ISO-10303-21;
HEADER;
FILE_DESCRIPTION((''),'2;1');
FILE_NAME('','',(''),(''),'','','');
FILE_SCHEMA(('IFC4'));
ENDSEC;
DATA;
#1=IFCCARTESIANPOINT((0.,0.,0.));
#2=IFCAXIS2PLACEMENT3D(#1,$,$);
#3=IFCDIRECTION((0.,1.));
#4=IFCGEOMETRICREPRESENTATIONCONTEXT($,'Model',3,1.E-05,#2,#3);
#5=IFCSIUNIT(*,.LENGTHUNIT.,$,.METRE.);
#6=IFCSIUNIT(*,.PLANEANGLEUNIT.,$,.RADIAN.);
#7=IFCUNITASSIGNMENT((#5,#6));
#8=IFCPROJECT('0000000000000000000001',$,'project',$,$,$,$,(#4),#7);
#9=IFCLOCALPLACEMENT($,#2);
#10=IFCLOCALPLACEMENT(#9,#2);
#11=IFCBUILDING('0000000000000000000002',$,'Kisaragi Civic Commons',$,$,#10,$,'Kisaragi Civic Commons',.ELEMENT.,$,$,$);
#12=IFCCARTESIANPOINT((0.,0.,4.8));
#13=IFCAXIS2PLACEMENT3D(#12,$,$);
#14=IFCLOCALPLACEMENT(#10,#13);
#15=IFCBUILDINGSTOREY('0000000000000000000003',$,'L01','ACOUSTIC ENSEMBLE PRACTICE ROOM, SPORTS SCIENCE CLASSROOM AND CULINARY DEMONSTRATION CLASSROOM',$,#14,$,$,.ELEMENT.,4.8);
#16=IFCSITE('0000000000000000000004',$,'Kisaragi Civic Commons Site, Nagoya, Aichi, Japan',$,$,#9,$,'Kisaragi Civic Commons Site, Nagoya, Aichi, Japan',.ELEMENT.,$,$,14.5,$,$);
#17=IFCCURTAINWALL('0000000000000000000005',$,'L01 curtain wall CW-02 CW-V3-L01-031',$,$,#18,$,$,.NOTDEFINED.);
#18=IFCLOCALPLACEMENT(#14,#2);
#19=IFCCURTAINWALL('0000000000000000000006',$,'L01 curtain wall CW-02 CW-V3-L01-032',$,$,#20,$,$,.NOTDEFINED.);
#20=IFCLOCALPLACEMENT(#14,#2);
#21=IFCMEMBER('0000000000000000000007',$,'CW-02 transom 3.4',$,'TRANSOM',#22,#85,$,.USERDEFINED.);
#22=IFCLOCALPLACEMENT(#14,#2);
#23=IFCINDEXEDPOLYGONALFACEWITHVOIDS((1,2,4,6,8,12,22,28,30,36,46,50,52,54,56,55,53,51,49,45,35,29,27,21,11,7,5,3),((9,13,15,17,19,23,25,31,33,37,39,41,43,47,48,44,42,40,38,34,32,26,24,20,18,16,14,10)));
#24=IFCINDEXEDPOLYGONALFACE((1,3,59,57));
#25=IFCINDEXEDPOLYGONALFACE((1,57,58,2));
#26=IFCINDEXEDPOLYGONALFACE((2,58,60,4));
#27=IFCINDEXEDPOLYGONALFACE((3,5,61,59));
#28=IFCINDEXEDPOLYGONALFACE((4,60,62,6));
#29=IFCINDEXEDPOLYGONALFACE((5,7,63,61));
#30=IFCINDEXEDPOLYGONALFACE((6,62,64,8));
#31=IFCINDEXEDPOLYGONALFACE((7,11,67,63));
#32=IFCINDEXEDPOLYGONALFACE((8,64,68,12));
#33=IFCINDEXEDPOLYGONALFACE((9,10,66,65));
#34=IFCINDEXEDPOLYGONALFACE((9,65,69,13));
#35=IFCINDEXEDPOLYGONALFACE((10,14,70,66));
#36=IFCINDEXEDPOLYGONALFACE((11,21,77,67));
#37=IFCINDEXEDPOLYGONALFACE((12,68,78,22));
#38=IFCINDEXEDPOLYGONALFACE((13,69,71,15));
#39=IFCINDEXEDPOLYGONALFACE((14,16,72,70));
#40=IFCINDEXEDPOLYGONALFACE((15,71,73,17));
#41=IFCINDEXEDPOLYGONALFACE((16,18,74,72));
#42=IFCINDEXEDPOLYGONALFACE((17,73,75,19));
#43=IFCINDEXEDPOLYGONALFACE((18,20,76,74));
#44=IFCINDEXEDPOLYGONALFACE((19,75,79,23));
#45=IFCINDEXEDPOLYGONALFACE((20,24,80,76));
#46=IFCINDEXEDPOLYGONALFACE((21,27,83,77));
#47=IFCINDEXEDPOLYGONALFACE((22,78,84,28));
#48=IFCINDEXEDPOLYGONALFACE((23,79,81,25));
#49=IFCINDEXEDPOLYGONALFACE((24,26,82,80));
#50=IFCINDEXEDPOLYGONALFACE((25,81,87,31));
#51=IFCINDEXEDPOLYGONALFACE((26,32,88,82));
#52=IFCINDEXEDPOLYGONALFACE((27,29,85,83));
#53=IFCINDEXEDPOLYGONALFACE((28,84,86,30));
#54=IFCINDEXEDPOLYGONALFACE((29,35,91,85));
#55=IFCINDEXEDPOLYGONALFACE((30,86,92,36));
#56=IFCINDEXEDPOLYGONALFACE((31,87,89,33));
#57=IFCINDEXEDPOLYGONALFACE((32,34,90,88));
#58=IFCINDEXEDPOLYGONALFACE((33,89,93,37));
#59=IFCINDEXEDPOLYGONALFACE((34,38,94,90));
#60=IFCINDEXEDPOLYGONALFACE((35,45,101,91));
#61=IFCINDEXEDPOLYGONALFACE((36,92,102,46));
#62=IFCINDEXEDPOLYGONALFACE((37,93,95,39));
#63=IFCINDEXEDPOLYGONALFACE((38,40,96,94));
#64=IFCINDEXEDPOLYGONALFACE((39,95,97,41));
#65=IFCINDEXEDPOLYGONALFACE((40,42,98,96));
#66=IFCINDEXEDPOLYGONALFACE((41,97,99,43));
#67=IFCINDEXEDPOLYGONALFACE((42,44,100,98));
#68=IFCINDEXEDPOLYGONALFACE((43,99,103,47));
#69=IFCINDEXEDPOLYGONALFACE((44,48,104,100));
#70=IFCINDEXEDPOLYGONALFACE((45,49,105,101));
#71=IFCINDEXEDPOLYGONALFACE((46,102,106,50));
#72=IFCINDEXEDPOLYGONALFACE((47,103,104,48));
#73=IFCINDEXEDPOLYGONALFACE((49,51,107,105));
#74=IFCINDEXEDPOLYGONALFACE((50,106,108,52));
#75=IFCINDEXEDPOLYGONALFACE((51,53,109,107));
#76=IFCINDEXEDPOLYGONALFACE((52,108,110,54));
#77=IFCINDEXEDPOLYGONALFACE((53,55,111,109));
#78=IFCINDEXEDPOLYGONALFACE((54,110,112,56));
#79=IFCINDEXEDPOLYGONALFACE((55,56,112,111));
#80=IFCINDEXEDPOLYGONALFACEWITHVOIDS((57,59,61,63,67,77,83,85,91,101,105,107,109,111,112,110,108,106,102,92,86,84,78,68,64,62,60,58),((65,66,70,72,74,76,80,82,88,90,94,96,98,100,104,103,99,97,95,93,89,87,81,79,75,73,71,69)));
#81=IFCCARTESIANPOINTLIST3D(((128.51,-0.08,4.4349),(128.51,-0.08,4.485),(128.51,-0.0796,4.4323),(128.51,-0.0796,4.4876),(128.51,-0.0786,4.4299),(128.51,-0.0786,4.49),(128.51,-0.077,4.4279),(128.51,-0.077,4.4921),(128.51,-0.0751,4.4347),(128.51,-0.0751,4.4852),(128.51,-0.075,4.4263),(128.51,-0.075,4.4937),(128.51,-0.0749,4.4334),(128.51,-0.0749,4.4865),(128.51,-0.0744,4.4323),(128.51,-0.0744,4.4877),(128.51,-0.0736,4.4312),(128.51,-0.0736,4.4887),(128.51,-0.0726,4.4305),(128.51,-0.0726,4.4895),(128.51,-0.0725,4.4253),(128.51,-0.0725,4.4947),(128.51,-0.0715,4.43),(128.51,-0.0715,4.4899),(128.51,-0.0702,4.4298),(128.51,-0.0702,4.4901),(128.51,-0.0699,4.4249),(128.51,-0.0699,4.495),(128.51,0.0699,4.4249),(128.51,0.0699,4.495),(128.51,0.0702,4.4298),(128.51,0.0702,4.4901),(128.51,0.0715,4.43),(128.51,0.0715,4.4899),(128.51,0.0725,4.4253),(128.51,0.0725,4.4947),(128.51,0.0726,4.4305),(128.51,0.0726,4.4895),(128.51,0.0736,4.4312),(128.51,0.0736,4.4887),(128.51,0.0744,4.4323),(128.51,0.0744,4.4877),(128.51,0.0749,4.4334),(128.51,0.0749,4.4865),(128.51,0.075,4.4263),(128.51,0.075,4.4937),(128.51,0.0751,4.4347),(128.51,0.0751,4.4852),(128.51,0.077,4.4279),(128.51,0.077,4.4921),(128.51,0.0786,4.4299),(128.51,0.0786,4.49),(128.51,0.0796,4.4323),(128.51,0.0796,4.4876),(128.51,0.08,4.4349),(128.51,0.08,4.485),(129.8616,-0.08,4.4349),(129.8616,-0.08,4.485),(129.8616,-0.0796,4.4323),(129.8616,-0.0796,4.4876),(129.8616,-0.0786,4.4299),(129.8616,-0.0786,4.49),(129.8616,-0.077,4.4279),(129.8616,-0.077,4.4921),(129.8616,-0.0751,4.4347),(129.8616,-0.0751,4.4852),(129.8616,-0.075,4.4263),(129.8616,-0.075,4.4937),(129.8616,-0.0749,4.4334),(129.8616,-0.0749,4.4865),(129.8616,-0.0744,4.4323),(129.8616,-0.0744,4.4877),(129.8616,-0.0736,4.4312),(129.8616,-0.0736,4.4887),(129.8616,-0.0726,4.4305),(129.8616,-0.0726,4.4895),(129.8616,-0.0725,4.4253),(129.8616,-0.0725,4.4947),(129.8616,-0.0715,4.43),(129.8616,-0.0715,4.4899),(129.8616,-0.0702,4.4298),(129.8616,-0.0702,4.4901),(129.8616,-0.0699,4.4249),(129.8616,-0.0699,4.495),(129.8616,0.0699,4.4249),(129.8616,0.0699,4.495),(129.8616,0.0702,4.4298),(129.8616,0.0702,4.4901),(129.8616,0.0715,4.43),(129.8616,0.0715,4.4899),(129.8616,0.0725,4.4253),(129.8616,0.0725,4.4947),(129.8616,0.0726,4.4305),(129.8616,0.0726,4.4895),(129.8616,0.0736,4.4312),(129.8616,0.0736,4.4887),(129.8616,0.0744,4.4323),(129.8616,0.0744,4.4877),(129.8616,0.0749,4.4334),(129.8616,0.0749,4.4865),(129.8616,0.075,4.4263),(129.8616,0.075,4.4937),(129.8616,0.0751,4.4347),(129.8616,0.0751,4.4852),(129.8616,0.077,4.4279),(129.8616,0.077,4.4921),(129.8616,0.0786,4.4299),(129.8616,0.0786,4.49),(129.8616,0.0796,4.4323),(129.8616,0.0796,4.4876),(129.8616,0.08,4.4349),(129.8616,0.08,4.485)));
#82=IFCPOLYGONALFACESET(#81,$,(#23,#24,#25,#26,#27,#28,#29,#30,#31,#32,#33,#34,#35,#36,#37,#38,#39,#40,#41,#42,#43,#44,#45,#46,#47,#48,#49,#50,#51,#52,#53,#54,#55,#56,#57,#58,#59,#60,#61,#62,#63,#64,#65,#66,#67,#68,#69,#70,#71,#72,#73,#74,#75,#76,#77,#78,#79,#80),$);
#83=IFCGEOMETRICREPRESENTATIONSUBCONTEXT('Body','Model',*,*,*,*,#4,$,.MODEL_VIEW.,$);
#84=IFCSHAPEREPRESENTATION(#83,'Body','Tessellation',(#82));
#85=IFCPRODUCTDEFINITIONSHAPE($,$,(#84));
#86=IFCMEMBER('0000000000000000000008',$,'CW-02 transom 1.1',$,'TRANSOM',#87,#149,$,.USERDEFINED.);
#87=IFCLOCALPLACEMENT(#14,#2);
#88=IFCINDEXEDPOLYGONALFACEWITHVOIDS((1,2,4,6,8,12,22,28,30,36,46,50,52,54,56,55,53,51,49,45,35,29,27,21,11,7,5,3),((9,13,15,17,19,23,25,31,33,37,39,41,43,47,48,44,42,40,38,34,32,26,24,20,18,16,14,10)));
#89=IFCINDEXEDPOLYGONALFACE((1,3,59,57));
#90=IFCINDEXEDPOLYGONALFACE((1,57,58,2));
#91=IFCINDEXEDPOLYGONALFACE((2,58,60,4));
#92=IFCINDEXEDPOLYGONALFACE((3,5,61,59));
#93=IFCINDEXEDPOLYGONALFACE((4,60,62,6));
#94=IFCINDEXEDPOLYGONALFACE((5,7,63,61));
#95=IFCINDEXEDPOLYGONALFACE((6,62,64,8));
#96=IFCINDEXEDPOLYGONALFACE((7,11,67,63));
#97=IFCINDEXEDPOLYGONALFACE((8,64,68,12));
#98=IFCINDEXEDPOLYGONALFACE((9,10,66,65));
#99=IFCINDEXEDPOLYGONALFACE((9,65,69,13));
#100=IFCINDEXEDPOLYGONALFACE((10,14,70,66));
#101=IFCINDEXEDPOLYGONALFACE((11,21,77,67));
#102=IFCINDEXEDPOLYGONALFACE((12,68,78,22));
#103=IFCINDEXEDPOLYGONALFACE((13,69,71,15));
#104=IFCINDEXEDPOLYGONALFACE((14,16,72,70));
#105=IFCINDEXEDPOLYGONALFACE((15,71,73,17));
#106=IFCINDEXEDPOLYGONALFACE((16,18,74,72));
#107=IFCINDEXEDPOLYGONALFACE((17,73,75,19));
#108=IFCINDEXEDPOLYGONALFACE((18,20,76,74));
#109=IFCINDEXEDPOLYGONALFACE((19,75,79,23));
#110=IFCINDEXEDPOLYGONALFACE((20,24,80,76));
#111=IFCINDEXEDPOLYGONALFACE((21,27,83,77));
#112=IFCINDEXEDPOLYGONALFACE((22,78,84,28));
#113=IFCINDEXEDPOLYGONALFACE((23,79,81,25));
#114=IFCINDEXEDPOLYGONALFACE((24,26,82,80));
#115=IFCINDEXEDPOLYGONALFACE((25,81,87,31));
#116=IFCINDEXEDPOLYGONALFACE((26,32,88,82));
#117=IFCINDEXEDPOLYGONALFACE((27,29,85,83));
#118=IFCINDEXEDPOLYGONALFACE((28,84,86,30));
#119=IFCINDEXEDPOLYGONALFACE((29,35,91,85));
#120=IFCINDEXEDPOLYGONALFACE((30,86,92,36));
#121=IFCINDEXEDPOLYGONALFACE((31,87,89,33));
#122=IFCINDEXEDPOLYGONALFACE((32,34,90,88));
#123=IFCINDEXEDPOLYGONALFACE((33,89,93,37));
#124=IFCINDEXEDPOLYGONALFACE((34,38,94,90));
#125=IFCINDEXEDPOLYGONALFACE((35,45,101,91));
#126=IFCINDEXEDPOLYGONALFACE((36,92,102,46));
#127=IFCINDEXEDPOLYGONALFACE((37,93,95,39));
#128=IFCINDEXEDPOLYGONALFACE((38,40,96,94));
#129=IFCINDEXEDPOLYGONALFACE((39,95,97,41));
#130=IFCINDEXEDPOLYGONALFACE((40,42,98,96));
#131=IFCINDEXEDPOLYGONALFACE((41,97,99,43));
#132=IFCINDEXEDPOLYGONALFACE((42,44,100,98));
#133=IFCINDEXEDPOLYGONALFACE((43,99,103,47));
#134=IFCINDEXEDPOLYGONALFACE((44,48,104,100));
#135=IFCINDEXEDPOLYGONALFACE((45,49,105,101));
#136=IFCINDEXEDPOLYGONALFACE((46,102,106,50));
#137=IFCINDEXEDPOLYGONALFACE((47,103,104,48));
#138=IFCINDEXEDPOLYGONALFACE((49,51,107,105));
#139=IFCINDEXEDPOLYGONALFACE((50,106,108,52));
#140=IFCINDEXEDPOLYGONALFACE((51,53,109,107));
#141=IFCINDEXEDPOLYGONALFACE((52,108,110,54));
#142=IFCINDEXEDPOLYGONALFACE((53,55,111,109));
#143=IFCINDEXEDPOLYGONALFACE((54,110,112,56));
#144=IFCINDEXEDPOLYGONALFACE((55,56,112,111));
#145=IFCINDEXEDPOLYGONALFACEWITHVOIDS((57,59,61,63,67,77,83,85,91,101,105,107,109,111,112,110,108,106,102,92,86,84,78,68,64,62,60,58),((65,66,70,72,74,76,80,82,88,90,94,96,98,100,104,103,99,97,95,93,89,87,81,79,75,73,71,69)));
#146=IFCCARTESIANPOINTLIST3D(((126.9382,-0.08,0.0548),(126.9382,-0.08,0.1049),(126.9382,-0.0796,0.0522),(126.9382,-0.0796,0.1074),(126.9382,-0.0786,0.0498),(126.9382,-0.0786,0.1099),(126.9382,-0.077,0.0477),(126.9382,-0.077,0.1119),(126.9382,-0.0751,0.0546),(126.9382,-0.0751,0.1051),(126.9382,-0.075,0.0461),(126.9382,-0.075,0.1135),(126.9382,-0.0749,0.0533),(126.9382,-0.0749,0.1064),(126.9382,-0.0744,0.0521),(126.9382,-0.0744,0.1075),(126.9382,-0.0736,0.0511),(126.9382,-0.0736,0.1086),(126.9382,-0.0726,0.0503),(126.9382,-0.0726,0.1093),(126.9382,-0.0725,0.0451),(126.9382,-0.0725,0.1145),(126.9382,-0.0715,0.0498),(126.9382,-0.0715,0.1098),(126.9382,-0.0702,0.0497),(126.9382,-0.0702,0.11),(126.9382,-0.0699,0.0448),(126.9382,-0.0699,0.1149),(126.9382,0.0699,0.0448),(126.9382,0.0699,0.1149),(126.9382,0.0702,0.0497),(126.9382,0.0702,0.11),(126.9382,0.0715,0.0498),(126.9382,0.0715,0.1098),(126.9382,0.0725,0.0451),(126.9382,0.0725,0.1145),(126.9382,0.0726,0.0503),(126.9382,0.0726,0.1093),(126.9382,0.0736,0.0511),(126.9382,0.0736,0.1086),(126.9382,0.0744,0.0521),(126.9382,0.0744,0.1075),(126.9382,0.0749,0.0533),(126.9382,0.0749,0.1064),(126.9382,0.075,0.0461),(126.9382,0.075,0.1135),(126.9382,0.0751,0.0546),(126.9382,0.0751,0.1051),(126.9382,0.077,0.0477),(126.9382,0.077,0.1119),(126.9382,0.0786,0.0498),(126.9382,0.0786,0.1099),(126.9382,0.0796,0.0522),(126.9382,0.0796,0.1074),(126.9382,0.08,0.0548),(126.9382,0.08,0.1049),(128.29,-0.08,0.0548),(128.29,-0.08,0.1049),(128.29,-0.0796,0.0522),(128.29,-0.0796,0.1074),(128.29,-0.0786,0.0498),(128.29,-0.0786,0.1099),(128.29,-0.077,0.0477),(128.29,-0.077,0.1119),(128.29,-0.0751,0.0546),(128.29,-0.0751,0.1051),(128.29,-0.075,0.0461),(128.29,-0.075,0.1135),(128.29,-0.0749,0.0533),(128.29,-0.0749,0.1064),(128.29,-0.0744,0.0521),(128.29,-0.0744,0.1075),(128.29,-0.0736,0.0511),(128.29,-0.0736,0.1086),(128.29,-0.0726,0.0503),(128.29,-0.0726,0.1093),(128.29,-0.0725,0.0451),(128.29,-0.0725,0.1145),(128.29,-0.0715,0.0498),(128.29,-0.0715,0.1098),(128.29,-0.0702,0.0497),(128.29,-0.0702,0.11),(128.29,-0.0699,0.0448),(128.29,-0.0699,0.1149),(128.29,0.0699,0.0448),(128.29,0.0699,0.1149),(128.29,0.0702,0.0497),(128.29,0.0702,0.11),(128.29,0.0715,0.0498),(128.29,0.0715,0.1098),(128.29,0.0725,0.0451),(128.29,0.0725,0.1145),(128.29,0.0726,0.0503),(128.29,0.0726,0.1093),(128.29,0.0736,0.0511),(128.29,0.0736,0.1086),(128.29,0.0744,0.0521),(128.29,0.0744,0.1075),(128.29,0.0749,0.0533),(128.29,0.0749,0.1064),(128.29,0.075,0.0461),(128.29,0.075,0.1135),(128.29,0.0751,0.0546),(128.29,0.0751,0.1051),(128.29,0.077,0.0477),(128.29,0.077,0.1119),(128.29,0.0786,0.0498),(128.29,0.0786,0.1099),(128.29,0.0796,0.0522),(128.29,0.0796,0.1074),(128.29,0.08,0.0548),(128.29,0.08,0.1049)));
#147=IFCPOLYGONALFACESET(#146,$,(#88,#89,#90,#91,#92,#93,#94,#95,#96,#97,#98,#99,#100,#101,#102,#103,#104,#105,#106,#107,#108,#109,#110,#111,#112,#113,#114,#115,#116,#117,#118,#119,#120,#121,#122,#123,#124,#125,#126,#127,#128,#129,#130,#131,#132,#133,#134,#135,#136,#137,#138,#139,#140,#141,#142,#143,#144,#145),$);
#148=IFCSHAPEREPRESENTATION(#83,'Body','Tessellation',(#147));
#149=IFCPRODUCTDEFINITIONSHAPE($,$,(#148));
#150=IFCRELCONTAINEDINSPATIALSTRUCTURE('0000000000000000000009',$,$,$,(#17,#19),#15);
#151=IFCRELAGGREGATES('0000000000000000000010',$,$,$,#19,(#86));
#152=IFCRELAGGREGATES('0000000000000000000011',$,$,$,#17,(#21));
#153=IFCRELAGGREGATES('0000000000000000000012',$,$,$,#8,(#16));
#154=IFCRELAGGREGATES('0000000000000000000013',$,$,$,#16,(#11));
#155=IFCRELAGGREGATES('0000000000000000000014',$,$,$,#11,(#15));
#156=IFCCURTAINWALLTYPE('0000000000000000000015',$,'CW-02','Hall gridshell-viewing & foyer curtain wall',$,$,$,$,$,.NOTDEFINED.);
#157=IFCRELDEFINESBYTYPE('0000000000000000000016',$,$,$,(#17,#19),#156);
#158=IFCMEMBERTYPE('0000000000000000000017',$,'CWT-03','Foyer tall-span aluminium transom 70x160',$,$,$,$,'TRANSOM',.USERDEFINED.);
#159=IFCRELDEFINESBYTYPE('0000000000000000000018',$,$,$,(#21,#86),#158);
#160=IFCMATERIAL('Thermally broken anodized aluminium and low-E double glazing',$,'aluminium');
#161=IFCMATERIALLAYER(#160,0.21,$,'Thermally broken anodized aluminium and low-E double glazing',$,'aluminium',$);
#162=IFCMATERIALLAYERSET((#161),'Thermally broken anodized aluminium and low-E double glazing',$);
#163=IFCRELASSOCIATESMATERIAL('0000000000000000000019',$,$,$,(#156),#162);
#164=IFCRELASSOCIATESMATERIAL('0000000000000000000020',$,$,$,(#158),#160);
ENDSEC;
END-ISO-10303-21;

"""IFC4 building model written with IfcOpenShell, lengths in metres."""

from ifc_helpers import new_model, si_unit, direction, frame, origin, origin_2d, place, context, subcontext, project, spatial, hollow_rectangle, extrude, material, layer, layer_set, material_profile, profile_set, type_object, element, aggregate, save


model = new_model("IFC4")

# Units and contexts
model_context = context("Model", 3, precision=1e-05, world=origin(), true_north=direction((0.0, 1.0)))
body_context = subcontext(model_context, "Body", "Model", "MODEL_VIEW")
ifc_project = project(units=[si_unit("LENGTHUNIT", "METRE"), si_unit("PLANEANGLEUNIT", "RADIAN")], contexts=[model_context])

# Site, building, storey
site_placement = place(None, origin())
site = spatial("IfcSite", under=ifc_project, at=site_placement, Name="Kisaragi Civic Commons Site, Nagoya, Aichi, Japan", LongName="Kisaragi Civic Commons Site, Nagoya, Aichi, Japan", CompositionType="ELEMENT", RefElevation=14.5)
building_placement = place(site_placement, origin())
building = spatial("IfcBuilding", under=site, at=building_placement, Name="Kisaragi Civic Commons", LongName="Kisaragi Civic Commons", CompositionType="ELEMENT")
storey_placement = place(building_placement, frame((0.0, 0.0, 4.8)))
storey = spatial("IfcBuildingStorey", under=building, at=storey_placement, Name="L01", Description="ACOUSTIC ENSEMBLE PRACTICE ROOM, SPORTS SCIENCE CLASSROOM AND CULINARY DEMONSTRATION CLASSROOM", CompositionType="ELEMENT", Elevation=4.8)

# Curtain wall
ifc_material_1 = material(Name="Thermally broken anodized aluminium and low-E double glazing", Category="aluminium")
ifc_layer_1 = layer(ifc_material_1, 0.21, Name="Thermally broken anodized aluminium and low-E double glazing", Category="aluminium")
ifc_layer_set_1 = layer_set([ifc_layer_1], Name="Thermally broken anodized aluminium and low-E double glazing")
curtain_wall_type = type_object("IfcCurtainWallType", Name="CW-02", Description="Hall gridshell-viewing & foyer curtain wall", PredefinedType="NOTDEFINED", material=ifc_layer_set_1)
curtain_wall_1_placement = place(storey_placement, origin())
curtain_wall_1 = element("IfcCurtainWall", 1, at=curtain_wall_1_placement, inside=storey, type_object=curtain_wall_type, Name="L01 curtain wall CW-02 CW-V3-L01-031", PredefinedType="NOTDEFINED")

# Curtain wall
curtain_wall_2_placement = place(storey_placement, origin())
curtain_wall_2 = element("IfcCurtainWall", 2, at=curtain_wall_2_placement, inside=storey, type_object=curtain_wall_type, Name="L01 curtain wall CW-02 CW-V3-L01-032", PredefinedType="NOTDEFINED")

# Members
ifc_material_profile_1 = material_profile(ifc_material_1, hollow_rectangle(XDim=0.1599, YDim=0.0701, WallThickness=0.0049, InnerFilletRadius=0.0049, OuterFilletRadius=0.01, at=origin_2d()), Name="CWT-70x160x5", Category="aluminium")
ifc_profile_set_1 = profile_set([ifc_material_profile_1], Name="Thermally broken anodized aluminium and low-E double glazing")
member_type_1 = type_object("IfcMemberType", Name="CWT-03", Description="Foyer tall-span aluminium transom 70x160", ElementType="TRANSOM", PredefinedType="USERDEFINED", material=ifc_profile_set_1)
member_1_placement = place(storey_placement, frame((129.8616, 0.0, 4.46), z_axis=(-1.0, 0.0, 0.0), x_axis=(0.0, -1.0, 0.0)))
member_1 = element("IfcMember", 3, at=member_1_placement, type_object=member_type_1, Name="CW-02 transom 3.4", ObjectType="TRANSOM", PredefinedType="USERDEFINED", context=body_context, shape_type="SweptSolid", body=[
    extrude(hollow_rectangle(XDim=0.1599, YDim=0.0701, WallThickness=0.0049, InnerFilletRadius=0.0049, OuterFilletRadius=0.01, at=origin_2d()), origin(), (0.0, 0.0, 1.0), 1.3516),
])
member_2_placement = place(storey_placement, frame((128.29, 0.0, 0.0798), z_axis=(-1.0, 0.0, 0.0), x_axis=(0.0, -1.0, 0.0)))
member_2 = element("IfcMember", 4, at=member_2_placement, type_object=member_type_1, Name="CW-02 transom 1.1", ObjectType="TRANSOM", PredefinedType="USERDEFINED", context=body_context, shape_type="SweptSolid", body=[
    extrude(hollow_rectangle(XDim=0.1599, YDim=0.0701, WallThickness=0.0049, InnerFilletRadius=0.0049, OuterFilletRadius=0.01, at=origin_2d()), origin(), (0.0, 0.0, 1.0), 1.3518),
])
aggregate(curtain_wall_2, [member_2])

aggregate(curtain_wall_1, [member_1])

save(model, "model.ifc")
